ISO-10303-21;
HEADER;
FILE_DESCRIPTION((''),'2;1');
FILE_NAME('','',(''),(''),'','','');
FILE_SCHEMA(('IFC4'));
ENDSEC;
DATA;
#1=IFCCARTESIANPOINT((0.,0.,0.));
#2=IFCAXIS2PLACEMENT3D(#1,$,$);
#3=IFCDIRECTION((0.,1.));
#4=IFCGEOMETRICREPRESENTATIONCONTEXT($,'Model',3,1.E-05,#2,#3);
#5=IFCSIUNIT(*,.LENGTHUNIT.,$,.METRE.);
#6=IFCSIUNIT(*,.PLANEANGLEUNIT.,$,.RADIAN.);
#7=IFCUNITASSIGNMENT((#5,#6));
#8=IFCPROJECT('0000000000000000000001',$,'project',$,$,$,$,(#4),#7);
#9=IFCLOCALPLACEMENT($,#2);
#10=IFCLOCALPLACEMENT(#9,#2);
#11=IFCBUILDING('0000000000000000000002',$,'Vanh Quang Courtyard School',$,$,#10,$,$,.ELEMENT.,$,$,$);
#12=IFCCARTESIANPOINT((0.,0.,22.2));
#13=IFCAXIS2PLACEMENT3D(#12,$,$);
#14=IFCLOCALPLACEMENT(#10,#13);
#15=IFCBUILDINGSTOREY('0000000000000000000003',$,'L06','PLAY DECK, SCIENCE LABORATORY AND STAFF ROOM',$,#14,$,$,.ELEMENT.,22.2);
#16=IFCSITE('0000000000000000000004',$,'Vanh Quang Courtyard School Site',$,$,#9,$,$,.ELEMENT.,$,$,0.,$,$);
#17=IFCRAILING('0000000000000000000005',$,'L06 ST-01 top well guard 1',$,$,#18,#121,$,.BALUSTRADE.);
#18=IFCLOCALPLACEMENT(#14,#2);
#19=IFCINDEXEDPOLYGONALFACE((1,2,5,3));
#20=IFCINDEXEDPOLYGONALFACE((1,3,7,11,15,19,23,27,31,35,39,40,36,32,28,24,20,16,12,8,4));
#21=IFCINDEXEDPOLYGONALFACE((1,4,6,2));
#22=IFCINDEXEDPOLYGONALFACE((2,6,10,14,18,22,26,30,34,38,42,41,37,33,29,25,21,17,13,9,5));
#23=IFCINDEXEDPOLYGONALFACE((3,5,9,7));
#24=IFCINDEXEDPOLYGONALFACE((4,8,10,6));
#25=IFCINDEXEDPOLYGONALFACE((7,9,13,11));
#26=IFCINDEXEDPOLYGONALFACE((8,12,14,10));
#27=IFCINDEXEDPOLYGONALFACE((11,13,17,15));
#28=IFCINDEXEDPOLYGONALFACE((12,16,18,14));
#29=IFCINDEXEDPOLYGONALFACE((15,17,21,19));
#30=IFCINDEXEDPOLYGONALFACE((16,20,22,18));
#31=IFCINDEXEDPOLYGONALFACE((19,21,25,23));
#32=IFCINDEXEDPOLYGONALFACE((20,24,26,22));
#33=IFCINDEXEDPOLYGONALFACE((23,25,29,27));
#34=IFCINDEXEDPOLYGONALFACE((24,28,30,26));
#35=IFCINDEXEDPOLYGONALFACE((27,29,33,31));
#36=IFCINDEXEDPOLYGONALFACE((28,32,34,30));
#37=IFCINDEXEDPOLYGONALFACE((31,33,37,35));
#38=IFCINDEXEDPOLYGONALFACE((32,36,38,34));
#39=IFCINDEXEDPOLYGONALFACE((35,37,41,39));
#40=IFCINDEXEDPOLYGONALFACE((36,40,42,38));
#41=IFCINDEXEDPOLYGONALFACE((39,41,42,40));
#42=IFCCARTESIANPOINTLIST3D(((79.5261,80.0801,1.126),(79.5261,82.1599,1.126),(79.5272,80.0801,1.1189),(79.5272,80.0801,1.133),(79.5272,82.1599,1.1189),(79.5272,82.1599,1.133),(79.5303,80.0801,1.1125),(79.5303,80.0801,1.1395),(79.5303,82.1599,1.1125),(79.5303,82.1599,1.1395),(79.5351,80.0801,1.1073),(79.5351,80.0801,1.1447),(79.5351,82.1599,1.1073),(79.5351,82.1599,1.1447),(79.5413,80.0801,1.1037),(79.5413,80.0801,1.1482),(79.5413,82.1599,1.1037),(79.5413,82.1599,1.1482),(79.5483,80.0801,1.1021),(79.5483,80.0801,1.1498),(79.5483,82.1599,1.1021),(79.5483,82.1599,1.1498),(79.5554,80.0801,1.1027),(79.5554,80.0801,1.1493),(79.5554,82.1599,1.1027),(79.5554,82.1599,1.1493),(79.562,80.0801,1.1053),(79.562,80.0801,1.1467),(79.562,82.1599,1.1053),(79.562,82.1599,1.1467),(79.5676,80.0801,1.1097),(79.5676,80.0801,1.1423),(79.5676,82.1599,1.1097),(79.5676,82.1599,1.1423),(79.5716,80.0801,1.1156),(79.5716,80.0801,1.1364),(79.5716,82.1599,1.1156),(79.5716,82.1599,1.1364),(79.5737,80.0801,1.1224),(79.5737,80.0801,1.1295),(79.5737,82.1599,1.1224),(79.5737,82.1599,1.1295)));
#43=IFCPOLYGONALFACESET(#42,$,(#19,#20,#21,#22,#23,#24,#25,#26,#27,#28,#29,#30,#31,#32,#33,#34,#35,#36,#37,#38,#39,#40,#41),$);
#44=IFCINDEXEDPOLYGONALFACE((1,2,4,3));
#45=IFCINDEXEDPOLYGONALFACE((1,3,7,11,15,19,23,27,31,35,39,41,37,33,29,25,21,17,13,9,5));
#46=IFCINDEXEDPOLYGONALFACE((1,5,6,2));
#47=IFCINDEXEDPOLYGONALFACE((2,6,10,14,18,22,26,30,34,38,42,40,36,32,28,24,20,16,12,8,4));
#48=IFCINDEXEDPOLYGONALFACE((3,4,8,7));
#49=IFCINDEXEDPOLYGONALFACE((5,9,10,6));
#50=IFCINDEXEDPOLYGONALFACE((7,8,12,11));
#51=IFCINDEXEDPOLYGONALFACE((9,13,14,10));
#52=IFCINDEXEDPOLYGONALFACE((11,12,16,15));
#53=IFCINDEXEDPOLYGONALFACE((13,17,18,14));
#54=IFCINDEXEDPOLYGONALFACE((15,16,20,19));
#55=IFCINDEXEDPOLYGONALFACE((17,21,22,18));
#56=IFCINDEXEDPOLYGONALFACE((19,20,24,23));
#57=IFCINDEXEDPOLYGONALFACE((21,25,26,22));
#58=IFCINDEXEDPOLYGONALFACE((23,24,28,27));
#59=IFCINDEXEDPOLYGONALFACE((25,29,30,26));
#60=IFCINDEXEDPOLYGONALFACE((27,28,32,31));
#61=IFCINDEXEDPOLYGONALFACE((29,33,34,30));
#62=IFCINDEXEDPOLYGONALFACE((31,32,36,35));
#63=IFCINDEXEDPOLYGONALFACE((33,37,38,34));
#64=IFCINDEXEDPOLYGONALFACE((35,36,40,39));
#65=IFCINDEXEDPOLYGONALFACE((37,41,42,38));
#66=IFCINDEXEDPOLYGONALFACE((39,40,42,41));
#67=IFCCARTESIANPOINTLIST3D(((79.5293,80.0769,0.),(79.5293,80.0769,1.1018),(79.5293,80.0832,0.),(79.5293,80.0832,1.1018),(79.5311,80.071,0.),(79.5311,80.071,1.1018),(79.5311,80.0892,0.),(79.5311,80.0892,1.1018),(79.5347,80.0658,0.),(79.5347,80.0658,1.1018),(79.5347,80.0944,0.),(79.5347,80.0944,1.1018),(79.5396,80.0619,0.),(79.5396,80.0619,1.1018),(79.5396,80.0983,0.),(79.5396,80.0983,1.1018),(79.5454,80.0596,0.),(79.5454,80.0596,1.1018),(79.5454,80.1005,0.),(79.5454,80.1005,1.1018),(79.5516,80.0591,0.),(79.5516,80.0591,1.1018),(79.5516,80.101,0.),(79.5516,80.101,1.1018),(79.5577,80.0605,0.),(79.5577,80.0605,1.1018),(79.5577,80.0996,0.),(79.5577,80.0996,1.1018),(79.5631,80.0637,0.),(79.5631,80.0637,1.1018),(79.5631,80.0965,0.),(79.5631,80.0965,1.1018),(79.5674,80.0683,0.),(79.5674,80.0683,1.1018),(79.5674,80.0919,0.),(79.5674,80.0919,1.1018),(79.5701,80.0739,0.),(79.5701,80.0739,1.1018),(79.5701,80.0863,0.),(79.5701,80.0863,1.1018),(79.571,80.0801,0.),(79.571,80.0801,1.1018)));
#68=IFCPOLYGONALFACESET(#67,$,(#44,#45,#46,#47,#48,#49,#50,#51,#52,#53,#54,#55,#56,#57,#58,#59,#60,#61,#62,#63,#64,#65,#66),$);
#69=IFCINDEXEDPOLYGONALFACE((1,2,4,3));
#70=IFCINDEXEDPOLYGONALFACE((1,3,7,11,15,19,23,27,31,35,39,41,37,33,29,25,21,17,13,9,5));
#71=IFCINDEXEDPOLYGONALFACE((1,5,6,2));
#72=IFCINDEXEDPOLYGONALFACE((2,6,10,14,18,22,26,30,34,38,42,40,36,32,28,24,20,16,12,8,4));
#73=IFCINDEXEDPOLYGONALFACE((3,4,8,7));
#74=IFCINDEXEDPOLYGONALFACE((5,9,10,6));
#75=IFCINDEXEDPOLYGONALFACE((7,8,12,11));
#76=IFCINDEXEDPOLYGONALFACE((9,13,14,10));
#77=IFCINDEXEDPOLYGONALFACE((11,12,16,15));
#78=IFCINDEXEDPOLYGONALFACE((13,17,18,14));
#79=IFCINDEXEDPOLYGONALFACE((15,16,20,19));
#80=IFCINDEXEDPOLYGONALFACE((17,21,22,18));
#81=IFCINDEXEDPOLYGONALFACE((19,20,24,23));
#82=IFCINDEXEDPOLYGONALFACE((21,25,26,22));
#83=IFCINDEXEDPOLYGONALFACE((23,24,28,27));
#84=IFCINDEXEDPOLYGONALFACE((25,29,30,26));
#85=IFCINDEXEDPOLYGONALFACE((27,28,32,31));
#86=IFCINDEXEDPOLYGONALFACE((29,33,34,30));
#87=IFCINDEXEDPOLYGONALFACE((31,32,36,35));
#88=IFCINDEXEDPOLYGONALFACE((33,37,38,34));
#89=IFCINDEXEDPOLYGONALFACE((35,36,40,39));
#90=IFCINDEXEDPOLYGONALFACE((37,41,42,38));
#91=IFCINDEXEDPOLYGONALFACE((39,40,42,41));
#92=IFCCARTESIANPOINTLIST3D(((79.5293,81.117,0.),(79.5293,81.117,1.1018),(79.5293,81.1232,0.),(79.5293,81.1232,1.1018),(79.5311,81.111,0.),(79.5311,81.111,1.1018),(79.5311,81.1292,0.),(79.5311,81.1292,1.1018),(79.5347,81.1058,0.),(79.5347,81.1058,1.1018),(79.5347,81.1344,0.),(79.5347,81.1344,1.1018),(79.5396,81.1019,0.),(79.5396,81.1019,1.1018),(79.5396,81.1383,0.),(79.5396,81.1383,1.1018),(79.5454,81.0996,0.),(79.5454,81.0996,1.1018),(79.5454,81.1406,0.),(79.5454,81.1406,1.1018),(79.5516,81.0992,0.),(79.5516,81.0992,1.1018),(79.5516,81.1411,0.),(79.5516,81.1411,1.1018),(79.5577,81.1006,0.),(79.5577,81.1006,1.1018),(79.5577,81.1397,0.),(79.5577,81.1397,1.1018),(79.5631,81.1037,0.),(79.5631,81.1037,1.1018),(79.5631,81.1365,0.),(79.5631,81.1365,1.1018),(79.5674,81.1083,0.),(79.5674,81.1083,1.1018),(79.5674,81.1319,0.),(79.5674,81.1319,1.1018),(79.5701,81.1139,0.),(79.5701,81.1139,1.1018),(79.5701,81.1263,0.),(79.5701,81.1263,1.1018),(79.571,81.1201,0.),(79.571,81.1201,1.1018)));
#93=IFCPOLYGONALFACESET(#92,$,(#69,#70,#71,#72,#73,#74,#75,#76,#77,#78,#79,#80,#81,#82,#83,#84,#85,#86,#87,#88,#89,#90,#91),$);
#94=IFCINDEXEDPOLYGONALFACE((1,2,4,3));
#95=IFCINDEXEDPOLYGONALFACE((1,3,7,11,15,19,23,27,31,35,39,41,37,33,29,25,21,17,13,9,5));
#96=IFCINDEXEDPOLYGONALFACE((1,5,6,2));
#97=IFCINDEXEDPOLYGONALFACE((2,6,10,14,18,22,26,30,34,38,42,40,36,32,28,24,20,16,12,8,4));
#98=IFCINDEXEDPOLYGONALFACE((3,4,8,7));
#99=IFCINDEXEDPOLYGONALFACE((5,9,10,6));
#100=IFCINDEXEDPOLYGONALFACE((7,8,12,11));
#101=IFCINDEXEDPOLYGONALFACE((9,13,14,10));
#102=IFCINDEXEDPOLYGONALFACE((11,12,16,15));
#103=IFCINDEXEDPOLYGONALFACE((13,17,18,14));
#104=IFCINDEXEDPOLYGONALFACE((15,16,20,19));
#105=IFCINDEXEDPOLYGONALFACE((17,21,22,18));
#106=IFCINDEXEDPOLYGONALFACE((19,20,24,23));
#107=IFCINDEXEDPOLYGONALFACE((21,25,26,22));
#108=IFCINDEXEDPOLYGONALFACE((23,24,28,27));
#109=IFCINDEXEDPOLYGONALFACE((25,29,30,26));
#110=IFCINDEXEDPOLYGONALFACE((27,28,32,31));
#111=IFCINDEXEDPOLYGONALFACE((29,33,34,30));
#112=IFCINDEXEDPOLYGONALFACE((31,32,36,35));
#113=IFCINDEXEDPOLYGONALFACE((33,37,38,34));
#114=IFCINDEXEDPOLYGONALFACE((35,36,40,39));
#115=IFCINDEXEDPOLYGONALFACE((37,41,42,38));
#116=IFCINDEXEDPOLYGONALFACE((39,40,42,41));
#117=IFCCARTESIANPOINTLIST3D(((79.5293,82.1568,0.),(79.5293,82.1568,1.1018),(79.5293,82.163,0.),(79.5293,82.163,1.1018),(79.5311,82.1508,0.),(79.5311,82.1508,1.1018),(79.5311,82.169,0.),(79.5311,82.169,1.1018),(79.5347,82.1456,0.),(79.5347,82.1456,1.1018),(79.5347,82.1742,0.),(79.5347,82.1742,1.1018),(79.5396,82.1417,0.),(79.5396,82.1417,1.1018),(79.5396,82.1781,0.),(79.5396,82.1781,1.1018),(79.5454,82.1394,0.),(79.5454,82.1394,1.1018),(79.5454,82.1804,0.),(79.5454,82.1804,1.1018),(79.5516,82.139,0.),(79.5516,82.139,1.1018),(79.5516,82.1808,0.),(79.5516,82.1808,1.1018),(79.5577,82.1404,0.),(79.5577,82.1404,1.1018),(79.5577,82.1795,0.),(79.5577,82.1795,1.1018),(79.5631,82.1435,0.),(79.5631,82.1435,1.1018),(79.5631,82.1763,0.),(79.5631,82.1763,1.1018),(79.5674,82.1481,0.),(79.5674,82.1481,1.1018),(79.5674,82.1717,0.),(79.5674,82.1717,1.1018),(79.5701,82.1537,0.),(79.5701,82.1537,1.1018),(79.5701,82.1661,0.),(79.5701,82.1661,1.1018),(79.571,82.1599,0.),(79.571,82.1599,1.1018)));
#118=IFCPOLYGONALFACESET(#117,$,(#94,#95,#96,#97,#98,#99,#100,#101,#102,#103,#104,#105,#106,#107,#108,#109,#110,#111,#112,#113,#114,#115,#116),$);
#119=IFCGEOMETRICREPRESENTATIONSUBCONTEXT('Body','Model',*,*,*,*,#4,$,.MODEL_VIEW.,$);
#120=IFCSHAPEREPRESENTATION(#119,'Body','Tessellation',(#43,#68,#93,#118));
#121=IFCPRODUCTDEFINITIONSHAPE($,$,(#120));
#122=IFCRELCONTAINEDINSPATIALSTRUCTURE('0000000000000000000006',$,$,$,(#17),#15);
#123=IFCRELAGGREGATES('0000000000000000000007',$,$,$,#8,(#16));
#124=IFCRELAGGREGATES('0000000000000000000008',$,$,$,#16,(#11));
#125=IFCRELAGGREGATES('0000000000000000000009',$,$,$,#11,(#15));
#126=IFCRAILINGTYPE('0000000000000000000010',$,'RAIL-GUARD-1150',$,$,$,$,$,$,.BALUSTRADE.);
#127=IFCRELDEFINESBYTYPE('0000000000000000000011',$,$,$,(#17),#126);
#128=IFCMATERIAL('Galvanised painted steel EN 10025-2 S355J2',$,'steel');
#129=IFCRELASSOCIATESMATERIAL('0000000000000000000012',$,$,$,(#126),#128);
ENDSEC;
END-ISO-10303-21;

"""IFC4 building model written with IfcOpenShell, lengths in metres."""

from ifc_helpers import new_model, si_unit, direction, frame, origin, origin_2d, place, context, subcontext, project, spatial, circle, extrude, material, type_object, element, save


model = new_model("IFC4")

# Units and contexts
model_context = context("Model", 3, precision=1e-05, world=origin(), true_north=direction((0.0, 1.0)))
body_context = subcontext(model_context, "Body", "Model", "MODEL_VIEW")
ifc_project = project(units=[si_unit("LENGTHUNIT", "METRE"), si_unit("PLANEANGLEUNIT", "RADIAN")], contexts=[model_context])

# Site, building, storey
site_placement = place(None, origin())
site = spatial("IfcSite", under=ifc_project, at=site_placement, Name="Vanh Quang Courtyard School Site", CompositionType="ELEMENT", RefElevation=0.0)
building_placement = place(site_placement, origin())
building = spatial("IfcBuilding", under=site, at=building_placement, Name="Vanh Quang Courtyard School", CompositionType="ELEMENT")
storey_placement = place(building_placement, frame((0.0, 0.0, 22.2)))
storey = spatial("IfcBuildingStorey", under=building, at=storey_placement, Name="L06", Description="PLAY DECK, SCIENCE LABORATORY AND STAFF ROOM", CompositionType="ELEMENT", Elevation=22.2)

# Railing
ifc_material_1 = material(Name="Galvanised painted steel EN 10025-2 S355J2", Category="steel")
railing_type = type_object("IfcRailingType", Name="RAIL-GUARD-1150", PredefinedType="BALUSTRADE", material=ifc_material_1)
railing_placement = place(storey_placement, frame((79.55, 80.0801, 0.0)))
element("IfcRailing", 1, at=railing_placement, inside=storey, type_object=railing_type, Name="L06 ST-01 top well guard 1", PredefinedType="BALUSTRADE", context=body_context, shape_type="SweptSolid", body=[
    extrude(circle(Radius=0.0239, at=origin_2d()), frame((0.0, 0.0, 1.126), z_axis=(0.0, 1.0, 0.0), x_axis=(-1.0, 0.0, 0.0)), (0.0, 0.0, 1.0), 2.0798),
    extrude(circle(Radius=0.021, at=origin_2d()), origin(), (0.0, 0.0, 1.0), 1.1018),
    extrude(circle(Radius=0.021, at=origin_2d()), frame((0.0, 1.04, 0.0)), (0.0, 0.0, 1.0), 1.1018),
    extrude(circle(Radius=0.021, at=origin_2d()), frame((0.0, 2.0798, 0.0)), (0.0, 0.0, 1.0), 1.1018),
])

save(model, "model.ifc")
